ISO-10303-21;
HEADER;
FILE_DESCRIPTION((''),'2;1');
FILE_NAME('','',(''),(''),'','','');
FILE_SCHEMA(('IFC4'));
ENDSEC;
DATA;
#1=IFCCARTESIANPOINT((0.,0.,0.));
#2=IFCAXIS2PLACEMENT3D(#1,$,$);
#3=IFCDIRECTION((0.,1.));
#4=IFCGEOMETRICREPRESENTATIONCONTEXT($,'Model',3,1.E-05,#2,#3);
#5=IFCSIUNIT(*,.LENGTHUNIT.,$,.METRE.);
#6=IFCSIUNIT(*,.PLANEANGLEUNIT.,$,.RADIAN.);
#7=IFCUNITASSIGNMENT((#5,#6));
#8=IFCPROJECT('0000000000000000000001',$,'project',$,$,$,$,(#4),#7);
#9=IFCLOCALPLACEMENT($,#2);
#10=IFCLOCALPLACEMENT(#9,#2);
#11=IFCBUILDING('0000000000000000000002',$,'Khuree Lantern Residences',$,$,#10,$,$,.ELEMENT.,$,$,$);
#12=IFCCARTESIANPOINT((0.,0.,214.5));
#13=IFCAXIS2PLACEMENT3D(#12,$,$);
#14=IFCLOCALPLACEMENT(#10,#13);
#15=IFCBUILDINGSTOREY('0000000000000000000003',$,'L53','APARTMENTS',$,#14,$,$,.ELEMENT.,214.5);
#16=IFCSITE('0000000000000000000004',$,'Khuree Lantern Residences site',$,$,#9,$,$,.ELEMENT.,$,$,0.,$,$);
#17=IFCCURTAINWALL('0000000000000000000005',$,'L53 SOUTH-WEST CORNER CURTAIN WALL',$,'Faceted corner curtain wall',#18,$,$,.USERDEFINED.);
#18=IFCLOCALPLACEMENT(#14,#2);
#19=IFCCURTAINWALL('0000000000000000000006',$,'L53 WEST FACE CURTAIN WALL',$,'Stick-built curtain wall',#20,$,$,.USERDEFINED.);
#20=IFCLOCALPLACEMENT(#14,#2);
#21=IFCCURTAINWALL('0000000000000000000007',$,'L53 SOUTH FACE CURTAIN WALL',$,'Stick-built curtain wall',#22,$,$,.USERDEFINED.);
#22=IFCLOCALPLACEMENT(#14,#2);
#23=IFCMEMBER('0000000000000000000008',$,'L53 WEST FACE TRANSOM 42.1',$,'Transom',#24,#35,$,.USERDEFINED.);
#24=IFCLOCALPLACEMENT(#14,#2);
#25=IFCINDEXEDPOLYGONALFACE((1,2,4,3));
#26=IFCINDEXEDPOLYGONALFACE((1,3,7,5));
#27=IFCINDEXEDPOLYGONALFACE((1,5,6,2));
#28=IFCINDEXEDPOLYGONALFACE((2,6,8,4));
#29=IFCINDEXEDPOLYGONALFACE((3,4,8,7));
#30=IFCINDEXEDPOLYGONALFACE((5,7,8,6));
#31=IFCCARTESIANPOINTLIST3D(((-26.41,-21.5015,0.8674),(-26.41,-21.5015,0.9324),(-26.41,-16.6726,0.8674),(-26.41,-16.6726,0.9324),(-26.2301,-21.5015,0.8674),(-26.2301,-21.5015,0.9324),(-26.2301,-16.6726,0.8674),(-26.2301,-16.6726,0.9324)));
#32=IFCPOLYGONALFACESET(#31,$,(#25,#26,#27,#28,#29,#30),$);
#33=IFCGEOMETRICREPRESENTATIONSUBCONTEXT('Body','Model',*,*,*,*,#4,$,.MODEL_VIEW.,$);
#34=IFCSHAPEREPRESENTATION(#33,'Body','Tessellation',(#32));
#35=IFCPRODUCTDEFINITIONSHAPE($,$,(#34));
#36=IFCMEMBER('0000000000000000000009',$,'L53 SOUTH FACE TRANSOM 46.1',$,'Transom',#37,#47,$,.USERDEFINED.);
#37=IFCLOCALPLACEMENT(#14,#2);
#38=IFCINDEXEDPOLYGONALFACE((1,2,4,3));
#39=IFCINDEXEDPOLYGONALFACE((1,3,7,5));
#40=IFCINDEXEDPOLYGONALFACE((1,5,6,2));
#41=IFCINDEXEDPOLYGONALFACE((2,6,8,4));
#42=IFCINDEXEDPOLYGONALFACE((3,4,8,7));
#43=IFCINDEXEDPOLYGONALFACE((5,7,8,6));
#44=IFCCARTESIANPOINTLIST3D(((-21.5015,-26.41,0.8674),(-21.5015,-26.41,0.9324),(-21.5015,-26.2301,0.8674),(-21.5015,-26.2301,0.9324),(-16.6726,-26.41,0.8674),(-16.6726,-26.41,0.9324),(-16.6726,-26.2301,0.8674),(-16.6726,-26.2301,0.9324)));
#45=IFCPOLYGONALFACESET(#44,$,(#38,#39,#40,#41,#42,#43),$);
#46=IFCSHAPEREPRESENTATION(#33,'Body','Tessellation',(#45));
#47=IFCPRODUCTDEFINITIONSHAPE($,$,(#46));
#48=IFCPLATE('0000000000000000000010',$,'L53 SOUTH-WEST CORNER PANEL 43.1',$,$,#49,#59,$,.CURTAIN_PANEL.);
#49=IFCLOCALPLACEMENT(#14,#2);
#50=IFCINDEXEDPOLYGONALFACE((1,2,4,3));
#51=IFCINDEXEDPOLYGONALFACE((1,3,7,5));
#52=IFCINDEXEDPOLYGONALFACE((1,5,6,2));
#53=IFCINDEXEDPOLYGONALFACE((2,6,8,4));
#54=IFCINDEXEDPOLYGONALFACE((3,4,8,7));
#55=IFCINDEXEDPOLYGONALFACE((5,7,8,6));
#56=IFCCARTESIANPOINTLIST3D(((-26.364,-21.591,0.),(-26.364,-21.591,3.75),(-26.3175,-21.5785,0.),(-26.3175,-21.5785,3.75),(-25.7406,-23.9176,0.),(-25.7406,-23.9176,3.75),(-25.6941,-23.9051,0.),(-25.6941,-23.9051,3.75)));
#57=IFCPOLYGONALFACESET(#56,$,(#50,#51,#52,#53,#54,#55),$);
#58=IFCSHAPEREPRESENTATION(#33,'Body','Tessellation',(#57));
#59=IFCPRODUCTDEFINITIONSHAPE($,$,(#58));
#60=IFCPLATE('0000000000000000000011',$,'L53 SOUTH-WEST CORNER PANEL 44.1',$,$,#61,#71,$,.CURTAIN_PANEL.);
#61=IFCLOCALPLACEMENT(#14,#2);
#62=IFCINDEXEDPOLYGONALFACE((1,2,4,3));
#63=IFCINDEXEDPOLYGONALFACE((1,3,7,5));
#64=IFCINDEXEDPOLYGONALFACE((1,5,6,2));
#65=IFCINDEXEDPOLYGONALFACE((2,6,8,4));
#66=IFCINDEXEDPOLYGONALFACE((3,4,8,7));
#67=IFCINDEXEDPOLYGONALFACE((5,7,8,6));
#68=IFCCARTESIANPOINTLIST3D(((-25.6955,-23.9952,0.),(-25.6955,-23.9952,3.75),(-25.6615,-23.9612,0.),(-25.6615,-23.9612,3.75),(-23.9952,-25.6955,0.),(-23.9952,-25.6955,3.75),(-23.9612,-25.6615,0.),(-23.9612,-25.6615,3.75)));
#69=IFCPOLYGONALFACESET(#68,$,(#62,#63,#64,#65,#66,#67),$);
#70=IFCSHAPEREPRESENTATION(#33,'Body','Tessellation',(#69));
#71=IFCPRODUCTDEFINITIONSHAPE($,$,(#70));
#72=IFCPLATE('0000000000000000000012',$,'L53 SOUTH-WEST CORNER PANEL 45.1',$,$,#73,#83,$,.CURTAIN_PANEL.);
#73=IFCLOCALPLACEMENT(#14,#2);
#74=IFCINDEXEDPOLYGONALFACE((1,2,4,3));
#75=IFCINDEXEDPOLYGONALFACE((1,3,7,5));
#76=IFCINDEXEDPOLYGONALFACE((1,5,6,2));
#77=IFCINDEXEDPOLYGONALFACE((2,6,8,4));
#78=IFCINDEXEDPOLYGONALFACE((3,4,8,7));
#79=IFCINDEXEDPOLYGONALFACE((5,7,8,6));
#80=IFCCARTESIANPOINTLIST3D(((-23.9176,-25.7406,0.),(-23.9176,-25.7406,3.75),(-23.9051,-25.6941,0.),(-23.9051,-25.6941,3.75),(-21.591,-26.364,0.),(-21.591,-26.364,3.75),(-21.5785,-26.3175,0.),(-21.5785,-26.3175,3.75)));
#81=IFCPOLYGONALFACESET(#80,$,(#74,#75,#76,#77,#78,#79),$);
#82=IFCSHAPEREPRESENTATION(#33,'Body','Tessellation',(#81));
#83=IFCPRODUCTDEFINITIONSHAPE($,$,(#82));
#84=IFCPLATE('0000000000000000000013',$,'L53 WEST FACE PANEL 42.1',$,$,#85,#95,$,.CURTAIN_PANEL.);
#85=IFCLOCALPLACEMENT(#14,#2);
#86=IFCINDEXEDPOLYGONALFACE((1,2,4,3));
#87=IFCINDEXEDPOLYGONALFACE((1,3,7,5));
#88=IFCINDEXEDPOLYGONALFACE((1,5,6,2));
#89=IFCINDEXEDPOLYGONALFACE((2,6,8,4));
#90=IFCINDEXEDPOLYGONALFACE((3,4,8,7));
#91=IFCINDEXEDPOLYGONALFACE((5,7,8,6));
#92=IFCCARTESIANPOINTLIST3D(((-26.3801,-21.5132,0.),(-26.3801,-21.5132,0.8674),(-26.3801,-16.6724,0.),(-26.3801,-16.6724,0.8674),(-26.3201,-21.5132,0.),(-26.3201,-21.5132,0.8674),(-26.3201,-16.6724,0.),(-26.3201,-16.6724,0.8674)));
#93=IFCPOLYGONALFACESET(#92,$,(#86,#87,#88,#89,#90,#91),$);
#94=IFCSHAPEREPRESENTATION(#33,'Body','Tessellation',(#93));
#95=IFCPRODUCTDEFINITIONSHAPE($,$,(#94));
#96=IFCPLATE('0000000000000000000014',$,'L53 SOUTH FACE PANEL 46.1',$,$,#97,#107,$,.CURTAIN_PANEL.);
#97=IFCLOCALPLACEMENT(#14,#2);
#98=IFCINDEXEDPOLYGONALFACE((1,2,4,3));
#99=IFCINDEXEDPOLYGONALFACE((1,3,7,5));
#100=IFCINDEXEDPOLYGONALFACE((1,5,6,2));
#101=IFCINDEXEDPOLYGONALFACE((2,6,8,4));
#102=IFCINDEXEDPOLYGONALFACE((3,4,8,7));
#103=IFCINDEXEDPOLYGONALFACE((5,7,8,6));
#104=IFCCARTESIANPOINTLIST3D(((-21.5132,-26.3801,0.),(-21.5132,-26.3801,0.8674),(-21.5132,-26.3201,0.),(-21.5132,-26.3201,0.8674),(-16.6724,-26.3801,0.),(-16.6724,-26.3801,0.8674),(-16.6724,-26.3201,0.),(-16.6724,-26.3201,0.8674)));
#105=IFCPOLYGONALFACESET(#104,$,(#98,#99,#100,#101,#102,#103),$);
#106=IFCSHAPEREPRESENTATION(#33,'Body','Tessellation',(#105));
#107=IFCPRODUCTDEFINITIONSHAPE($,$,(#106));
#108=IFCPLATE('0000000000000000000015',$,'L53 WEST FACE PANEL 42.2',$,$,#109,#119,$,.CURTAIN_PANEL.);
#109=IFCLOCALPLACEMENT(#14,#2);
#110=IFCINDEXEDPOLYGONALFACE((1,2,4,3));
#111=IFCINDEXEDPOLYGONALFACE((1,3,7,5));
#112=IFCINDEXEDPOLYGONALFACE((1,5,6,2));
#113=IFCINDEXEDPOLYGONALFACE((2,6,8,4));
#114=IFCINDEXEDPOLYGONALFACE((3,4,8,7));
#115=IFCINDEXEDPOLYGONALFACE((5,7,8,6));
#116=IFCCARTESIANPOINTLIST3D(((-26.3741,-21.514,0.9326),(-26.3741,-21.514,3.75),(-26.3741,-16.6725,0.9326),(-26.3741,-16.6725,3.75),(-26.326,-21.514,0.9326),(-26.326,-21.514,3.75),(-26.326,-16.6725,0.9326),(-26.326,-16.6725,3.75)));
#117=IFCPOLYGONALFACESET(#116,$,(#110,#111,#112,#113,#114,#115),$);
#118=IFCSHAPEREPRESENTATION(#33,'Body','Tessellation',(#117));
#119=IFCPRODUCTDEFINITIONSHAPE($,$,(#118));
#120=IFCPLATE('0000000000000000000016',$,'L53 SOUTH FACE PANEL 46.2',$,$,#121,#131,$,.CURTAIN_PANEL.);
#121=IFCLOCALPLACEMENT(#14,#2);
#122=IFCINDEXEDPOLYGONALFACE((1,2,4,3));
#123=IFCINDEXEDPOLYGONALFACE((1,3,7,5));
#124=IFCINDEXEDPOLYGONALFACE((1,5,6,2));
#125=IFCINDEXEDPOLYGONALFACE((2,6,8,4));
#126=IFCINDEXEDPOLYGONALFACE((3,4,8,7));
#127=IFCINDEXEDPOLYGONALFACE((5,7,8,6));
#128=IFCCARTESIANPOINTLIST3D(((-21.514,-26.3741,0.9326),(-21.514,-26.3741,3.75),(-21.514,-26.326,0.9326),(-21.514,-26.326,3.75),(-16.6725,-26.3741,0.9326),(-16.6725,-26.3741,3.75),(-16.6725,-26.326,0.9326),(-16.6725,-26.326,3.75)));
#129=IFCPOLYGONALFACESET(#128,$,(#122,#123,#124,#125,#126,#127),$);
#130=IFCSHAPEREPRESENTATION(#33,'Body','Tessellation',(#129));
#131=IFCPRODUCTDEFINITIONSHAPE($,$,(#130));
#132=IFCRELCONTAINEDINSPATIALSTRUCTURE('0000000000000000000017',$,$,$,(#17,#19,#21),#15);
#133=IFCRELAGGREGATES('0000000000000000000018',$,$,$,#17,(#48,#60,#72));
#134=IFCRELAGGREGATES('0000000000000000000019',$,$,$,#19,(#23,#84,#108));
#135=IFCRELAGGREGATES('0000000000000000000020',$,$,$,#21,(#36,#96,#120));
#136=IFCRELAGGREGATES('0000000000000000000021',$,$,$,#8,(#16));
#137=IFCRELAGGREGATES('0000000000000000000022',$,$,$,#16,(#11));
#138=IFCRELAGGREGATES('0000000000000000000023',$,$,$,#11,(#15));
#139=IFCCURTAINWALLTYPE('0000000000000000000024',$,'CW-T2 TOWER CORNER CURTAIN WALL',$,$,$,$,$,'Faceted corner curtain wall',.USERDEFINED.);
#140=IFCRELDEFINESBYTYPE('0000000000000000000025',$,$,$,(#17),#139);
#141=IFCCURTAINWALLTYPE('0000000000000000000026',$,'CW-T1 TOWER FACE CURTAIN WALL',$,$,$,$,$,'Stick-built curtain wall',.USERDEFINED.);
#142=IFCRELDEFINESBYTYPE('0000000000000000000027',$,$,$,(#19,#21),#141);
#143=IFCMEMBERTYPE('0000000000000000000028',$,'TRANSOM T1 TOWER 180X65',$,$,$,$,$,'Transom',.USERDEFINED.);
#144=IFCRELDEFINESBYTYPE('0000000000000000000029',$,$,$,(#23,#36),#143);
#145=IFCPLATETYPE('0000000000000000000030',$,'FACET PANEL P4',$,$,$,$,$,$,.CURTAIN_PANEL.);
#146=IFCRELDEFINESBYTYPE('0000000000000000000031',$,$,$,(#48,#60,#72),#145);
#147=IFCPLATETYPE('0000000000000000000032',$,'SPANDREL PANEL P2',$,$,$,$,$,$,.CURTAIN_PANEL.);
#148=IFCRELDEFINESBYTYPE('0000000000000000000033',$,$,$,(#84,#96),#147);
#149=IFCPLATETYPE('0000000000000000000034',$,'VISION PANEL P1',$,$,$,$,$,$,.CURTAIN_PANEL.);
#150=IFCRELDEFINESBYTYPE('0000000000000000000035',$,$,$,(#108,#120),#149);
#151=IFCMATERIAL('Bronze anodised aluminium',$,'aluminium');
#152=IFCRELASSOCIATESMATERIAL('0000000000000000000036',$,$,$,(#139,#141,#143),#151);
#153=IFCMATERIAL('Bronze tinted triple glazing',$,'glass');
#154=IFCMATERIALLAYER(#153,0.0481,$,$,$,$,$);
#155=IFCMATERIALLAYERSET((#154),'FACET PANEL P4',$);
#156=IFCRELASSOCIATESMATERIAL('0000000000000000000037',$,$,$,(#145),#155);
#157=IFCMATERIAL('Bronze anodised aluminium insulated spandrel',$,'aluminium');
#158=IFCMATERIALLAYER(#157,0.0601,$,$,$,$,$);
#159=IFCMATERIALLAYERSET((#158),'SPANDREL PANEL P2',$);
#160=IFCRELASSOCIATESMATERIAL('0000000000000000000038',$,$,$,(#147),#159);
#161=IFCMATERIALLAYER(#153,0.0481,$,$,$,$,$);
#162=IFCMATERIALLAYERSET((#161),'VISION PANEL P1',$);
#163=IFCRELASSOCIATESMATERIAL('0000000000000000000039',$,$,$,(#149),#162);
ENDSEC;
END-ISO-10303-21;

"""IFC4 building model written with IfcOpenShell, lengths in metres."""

from ifc_helpers import new_model, si_unit, direction, frame, origin, origin_2d, place, context, subcontext, project, spatial, rectangle, extrude, material, layer, layer_set, material_profile, profile_set, type_object, element, aggregate, save


model = new_model("IFC4")

# Units and contexts
model_context = context("Model", 3, precision=1e-05, world=origin(), true_north=direction((0.0, 1.0)))
body_context = subcontext(model_context, "Body", "Model", "MODEL_VIEW")
ifc_project = project(units=[si_unit("LENGTHUNIT", "METRE"), si_unit("PLANEANGLEUNIT", "RADIAN")], contexts=[model_context])

# Site, building, storey
site_placement = place(None, origin())
site = spatial("IfcSite", under=ifc_project, at=site_placement, Name="Khuree Lantern Residences site", CompositionType="ELEMENT", RefElevation=0.0)
building_placement = place(site_placement, origin())
building = spatial("IfcBuilding", under=site, at=building_placement, Name="Khuree Lantern Residences", CompositionType="ELEMENT")
storey_placement = place(building_placement, frame((0.0, 0.0, 214.5)))
storey = spatial("IfcBuildingStorey", under=building, at=storey_placement, Name="L53", Description="APARTMENTS", CompositionType="ELEMENT", Elevation=214.5)

# Curtain wall
ifc_material_1 = material(Name="Bronze anodised aluminium", Category="aluminium")
curtain_wall_type_1 = type_object("IfcCurtainWallType", Name="CW-T2 TOWER CORNER CURTAIN WALL", ElementType="Faceted corner curtain wall", PredefinedType="USERDEFINED", material=ifc_material_1)
curtain_wall_1_placement = place(storey_placement, origin())
curtain_wall_1 = element("IfcCurtainWall", 1, at=curtain_wall_1_placement, inside=storey, type_object=curtain_wall_type_1, Name="L53 SOUTH-WEST CORNER CURTAIN WALL", ObjectType="Faceted corner curtain wall", PredefinedType="USERDEFINED")

# Curtain wall
curtain_wall_type_2 = type_object("IfcCurtainWallType", Name="CW-T1 TOWER FACE CURTAIN WALL", ElementType="Stick-built curtain wall", PredefinedType="USERDEFINED", material=ifc_material_1)
curtain_wall_2_placement = place(storey_placement, origin())
curtain_wall_2 = element("IfcCurtainWall", 2, at=curtain_wall_2_placement, inside=storey, type_object=curtain_wall_type_2, Name="L53 WEST FACE CURTAIN WALL", ObjectType="Stick-built curtain wall", PredefinedType="USERDEFINED")

# Curtain wall
curtain_wall_3_placement = place(storey_placement, origin())
curtain_wall_3 = element("IfcCurtainWall", 3, at=curtain_wall_3_placement, inside=storey, type_object=curtain_wall_type_2, Name="L53 SOUTH FACE CURTAIN WALL", ObjectType="Stick-built curtain wall", PredefinedType="USERDEFINED")

# Members
ifc_material_profile_1 = material_profile(ifc_material_1, rectangle(XDim=0.1799, YDim=0.0649, at=origin_2d()), Name="T1 180X65")
ifc_profile_set_1 = profile_set([ifc_material_profile_1], Name="Bronze anodised aluminium")
member_type_1 = type_object("IfcMemberType", Name="TRANSOM T1 TOWER 180X65", ElementType="Transom", PredefinedType="USERDEFINED", material=ifc_profile_set_1)
member_1_placement = place(storey_placement, frame((-26.3201, -16.6726, 0.8999), z_axis=(0.0, -1.0, 0.0), x_axis=(1.0, 0.0, 0.0)))
member_1 = element("IfcMember", 4, at=member_1_placement, type_object=member_type_1, Name="L53 WEST FACE TRANSOM 42.1", ObjectType="Transom", PredefinedType="USERDEFINED", context=body_context, shape_type="SweptSolid", body=[
    extrude(rectangle(XDim=0.1799, YDim=0.0649, at=origin_2d()), origin(), (0.0, 0.0, 1.0), 4.8289),
])
member_2_placement = place(storey_placement, frame((-21.5015, -26.3201, 0.8999), z_axis=(1.0, 0.0, 0.0), x_axis=(0.0, 1.0, 0.0)))
member_2 = element("IfcMember", 5, at=member_2_placement, type_object=member_type_1, Name="L53 SOUTH FACE TRANSOM 46.1", ObjectType="Transom", PredefinedType="USERDEFINED", context=body_context, shape_type="SweptSolid", body=[
    extrude(rectangle(XDim=0.1799, YDim=0.0649, at=origin_2d()), origin(), (0.0, 0.0, 1.0), 4.8289),
])

# Plates
ifc_material_2 = material(Name="Bronze tinted triple glazing", Category="glass")
ifc_layer_1 = layer(ifc_material_2, 0.0481)
ifc_layer_set_1 = layer_set([ifc_layer_1], Name="FACET PANEL P4")
plate_type_1 = type_object("IfcPlateType", Name="FACET PANEL P4", PredefinedType="CURTAIN_PANEL", material=ifc_layer_set_1)
plate_1_placement = place(storey_placement, frame((-26.0291, -22.748, 0.0), z_axis=(0.0, 0.0, 1.0), x_axis=(0.258819, -0.965926, 0.0)))
plate_1 = element("IfcPlate", 6, at=plate_1_placement, type_object=plate_type_1, Name="L53 SOUTH-WEST CORNER PANEL 43.1", PredefinedType="CURTAIN_PANEL", context=body_context, shape_type="SweptSolid", body=[
    extrude(rectangle(XDim=2.4087, YDim=0.0481, at=origin_2d()), origin(), (0.0, 0.0, 1.0), 3.75),
])
plate_2_placement = place(storey_placement, frame((-24.8284, -24.8284, 0.0), z_axis=(0.0, 0.0, 1.0), x_axis=(0.707107, -0.707107, 0.0)))
plate_2 = element("IfcPlate", 7, at=plate_2_placement, type_object=plate_type_1, Name="L53 SOUTH-WEST CORNER PANEL 44.1", PredefinedType="CURTAIN_PANEL", context=body_context, shape_type="SweptSolid", body=[
    extrude(rectangle(XDim=2.4045, YDim=0.0481, at=origin_2d()), origin(), (0.0, 0.0, 1.0), 3.75),
])
plate_3_placement = place(storey_placement, frame((-22.748, -26.0291, 0.0), z_axis=(0.0, 0.0, 1.0), x_axis=(0.965926, -0.258819, 0.0)))
plate_3 = element("IfcPlate", 8, at=plate_3_placement, type_object=plate_type_1, Name="L53 SOUTH-WEST CORNER PANEL 45.1", PredefinedType="CURTAIN_PANEL", context=body_context, shape_type="SweptSolid", body=[
    extrude(rectangle(XDim=2.4087, YDim=0.0481, at=origin_2d()), origin(), (0.0, 0.0, 1.0), 3.75),
])
aggregate(curtain_wall_1, [plate_1, plate_2, plate_3])
ifc_material_3 = material(Name="Bronze anodised aluminium insulated spandrel", Category="aluminium")
ifc_layer_2 = layer(ifc_material_3, 0.0601)
ifc_layer_set_2 = layer_set([ifc_layer_2], Name="SPANDREL PANEL P2")
plate_type_2 = type_object("IfcPlateType", Name="SPANDREL PANEL P2", PredefinedType="CURTAIN_PANEL", material=ifc_layer_set_2)
plate_4_placement = place(storey_placement, frame((-26.3501, -19.0928, 0.0), z_axis=(0.0, 0.0, 1.0), x_axis=(0.0, -1.0, 0.0)))
plate_4 = element("IfcPlate", 9, at=plate_4_placement, type_object=plate_type_2, Name="L53 WEST FACE PANEL 42.1", PredefinedType="CURTAIN_PANEL", context=body_context, shape_type="SweptSolid", body=[
    extrude(rectangle(XDim=4.8408, YDim=0.0601, at=origin_2d()), origin(), (0.0, 0.0, 1.0), 0.8674),
])
plate_5_placement = place(storey_placement, frame((-19.0928, -26.3501, 0.0), z_axis=(0.0, 0.0, 1.0), x_axis=(1.0, 0.0, 0.0)))
plate_5 = element("IfcPlate", 10, at=plate_5_placement, type_object=plate_type_2, Name="L53 SOUTH FACE PANEL 46.1", PredefinedType="CURTAIN_PANEL", context=body_context, shape_type="SweptSolid", body=[
    extrude(rectangle(XDim=4.8408, YDim=0.0601, at=origin_2d()), origin(), (0.0, 0.0, 1.0), 0.8674),
])
ifc_layer_3 = layer(ifc_material_2, 0.0481)
ifc_layer_set_3 = layer_set([ifc_layer_3], Name="VISION PANEL P1")
plate_type_3 = type_object("IfcPlateType", Name="VISION PANEL P1", PredefinedType="CURTAIN_PANEL", material=ifc_layer_set_3)
plate_6_placement = place(storey_placement, frame((-26.3501, -19.0933, 0.9326), z_axis=(0.0, 0.0, 1.0), x_axis=(0.0, -1.0, 0.0)))
plate_6 = element("IfcPlate", 11, at=plate_6_placement, type_object=plate_type_3, Name="L53 WEST FACE PANEL 42.2", PredefinedType="CURTAIN_PANEL", context=body_context, shape_type="SweptSolid", body=[
    extrude(rectangle(XDim=4.8416, YDim=0.0481, at=origin_2d()), origin(), (0.0, 0.0, 1.0), 2.8174),
])
aggregate(curtain_wall_2, [member_1, plate_4, plate_6])
plate_7_placement = place(storey_placement, frame((-19.0933, -26.3501, 0.9326), z_axis=(0.0, 0.0, 1.0), x_axis=(1.0, 0.0, 0.0)))
plate_7 = element("IfcPlate", 12, at=plate_7_placement, type_object=plate_type_3, Name="L53 SOUTH FACE PANEL 46.2", PredefinedType="CURTAIN_PANEL", context=body_context, shape_type="SweptSolid", body=[
    extrude(rectangle(XDim=4.8416, YDim=0.0481, at=origin_2d()), origin(), (0.0, 0.0, 1.0), 2.8174),
])
aggregate(curtain_wall_3, [member_2, plate_5, plate_7])

save(model, "model.ifc")
